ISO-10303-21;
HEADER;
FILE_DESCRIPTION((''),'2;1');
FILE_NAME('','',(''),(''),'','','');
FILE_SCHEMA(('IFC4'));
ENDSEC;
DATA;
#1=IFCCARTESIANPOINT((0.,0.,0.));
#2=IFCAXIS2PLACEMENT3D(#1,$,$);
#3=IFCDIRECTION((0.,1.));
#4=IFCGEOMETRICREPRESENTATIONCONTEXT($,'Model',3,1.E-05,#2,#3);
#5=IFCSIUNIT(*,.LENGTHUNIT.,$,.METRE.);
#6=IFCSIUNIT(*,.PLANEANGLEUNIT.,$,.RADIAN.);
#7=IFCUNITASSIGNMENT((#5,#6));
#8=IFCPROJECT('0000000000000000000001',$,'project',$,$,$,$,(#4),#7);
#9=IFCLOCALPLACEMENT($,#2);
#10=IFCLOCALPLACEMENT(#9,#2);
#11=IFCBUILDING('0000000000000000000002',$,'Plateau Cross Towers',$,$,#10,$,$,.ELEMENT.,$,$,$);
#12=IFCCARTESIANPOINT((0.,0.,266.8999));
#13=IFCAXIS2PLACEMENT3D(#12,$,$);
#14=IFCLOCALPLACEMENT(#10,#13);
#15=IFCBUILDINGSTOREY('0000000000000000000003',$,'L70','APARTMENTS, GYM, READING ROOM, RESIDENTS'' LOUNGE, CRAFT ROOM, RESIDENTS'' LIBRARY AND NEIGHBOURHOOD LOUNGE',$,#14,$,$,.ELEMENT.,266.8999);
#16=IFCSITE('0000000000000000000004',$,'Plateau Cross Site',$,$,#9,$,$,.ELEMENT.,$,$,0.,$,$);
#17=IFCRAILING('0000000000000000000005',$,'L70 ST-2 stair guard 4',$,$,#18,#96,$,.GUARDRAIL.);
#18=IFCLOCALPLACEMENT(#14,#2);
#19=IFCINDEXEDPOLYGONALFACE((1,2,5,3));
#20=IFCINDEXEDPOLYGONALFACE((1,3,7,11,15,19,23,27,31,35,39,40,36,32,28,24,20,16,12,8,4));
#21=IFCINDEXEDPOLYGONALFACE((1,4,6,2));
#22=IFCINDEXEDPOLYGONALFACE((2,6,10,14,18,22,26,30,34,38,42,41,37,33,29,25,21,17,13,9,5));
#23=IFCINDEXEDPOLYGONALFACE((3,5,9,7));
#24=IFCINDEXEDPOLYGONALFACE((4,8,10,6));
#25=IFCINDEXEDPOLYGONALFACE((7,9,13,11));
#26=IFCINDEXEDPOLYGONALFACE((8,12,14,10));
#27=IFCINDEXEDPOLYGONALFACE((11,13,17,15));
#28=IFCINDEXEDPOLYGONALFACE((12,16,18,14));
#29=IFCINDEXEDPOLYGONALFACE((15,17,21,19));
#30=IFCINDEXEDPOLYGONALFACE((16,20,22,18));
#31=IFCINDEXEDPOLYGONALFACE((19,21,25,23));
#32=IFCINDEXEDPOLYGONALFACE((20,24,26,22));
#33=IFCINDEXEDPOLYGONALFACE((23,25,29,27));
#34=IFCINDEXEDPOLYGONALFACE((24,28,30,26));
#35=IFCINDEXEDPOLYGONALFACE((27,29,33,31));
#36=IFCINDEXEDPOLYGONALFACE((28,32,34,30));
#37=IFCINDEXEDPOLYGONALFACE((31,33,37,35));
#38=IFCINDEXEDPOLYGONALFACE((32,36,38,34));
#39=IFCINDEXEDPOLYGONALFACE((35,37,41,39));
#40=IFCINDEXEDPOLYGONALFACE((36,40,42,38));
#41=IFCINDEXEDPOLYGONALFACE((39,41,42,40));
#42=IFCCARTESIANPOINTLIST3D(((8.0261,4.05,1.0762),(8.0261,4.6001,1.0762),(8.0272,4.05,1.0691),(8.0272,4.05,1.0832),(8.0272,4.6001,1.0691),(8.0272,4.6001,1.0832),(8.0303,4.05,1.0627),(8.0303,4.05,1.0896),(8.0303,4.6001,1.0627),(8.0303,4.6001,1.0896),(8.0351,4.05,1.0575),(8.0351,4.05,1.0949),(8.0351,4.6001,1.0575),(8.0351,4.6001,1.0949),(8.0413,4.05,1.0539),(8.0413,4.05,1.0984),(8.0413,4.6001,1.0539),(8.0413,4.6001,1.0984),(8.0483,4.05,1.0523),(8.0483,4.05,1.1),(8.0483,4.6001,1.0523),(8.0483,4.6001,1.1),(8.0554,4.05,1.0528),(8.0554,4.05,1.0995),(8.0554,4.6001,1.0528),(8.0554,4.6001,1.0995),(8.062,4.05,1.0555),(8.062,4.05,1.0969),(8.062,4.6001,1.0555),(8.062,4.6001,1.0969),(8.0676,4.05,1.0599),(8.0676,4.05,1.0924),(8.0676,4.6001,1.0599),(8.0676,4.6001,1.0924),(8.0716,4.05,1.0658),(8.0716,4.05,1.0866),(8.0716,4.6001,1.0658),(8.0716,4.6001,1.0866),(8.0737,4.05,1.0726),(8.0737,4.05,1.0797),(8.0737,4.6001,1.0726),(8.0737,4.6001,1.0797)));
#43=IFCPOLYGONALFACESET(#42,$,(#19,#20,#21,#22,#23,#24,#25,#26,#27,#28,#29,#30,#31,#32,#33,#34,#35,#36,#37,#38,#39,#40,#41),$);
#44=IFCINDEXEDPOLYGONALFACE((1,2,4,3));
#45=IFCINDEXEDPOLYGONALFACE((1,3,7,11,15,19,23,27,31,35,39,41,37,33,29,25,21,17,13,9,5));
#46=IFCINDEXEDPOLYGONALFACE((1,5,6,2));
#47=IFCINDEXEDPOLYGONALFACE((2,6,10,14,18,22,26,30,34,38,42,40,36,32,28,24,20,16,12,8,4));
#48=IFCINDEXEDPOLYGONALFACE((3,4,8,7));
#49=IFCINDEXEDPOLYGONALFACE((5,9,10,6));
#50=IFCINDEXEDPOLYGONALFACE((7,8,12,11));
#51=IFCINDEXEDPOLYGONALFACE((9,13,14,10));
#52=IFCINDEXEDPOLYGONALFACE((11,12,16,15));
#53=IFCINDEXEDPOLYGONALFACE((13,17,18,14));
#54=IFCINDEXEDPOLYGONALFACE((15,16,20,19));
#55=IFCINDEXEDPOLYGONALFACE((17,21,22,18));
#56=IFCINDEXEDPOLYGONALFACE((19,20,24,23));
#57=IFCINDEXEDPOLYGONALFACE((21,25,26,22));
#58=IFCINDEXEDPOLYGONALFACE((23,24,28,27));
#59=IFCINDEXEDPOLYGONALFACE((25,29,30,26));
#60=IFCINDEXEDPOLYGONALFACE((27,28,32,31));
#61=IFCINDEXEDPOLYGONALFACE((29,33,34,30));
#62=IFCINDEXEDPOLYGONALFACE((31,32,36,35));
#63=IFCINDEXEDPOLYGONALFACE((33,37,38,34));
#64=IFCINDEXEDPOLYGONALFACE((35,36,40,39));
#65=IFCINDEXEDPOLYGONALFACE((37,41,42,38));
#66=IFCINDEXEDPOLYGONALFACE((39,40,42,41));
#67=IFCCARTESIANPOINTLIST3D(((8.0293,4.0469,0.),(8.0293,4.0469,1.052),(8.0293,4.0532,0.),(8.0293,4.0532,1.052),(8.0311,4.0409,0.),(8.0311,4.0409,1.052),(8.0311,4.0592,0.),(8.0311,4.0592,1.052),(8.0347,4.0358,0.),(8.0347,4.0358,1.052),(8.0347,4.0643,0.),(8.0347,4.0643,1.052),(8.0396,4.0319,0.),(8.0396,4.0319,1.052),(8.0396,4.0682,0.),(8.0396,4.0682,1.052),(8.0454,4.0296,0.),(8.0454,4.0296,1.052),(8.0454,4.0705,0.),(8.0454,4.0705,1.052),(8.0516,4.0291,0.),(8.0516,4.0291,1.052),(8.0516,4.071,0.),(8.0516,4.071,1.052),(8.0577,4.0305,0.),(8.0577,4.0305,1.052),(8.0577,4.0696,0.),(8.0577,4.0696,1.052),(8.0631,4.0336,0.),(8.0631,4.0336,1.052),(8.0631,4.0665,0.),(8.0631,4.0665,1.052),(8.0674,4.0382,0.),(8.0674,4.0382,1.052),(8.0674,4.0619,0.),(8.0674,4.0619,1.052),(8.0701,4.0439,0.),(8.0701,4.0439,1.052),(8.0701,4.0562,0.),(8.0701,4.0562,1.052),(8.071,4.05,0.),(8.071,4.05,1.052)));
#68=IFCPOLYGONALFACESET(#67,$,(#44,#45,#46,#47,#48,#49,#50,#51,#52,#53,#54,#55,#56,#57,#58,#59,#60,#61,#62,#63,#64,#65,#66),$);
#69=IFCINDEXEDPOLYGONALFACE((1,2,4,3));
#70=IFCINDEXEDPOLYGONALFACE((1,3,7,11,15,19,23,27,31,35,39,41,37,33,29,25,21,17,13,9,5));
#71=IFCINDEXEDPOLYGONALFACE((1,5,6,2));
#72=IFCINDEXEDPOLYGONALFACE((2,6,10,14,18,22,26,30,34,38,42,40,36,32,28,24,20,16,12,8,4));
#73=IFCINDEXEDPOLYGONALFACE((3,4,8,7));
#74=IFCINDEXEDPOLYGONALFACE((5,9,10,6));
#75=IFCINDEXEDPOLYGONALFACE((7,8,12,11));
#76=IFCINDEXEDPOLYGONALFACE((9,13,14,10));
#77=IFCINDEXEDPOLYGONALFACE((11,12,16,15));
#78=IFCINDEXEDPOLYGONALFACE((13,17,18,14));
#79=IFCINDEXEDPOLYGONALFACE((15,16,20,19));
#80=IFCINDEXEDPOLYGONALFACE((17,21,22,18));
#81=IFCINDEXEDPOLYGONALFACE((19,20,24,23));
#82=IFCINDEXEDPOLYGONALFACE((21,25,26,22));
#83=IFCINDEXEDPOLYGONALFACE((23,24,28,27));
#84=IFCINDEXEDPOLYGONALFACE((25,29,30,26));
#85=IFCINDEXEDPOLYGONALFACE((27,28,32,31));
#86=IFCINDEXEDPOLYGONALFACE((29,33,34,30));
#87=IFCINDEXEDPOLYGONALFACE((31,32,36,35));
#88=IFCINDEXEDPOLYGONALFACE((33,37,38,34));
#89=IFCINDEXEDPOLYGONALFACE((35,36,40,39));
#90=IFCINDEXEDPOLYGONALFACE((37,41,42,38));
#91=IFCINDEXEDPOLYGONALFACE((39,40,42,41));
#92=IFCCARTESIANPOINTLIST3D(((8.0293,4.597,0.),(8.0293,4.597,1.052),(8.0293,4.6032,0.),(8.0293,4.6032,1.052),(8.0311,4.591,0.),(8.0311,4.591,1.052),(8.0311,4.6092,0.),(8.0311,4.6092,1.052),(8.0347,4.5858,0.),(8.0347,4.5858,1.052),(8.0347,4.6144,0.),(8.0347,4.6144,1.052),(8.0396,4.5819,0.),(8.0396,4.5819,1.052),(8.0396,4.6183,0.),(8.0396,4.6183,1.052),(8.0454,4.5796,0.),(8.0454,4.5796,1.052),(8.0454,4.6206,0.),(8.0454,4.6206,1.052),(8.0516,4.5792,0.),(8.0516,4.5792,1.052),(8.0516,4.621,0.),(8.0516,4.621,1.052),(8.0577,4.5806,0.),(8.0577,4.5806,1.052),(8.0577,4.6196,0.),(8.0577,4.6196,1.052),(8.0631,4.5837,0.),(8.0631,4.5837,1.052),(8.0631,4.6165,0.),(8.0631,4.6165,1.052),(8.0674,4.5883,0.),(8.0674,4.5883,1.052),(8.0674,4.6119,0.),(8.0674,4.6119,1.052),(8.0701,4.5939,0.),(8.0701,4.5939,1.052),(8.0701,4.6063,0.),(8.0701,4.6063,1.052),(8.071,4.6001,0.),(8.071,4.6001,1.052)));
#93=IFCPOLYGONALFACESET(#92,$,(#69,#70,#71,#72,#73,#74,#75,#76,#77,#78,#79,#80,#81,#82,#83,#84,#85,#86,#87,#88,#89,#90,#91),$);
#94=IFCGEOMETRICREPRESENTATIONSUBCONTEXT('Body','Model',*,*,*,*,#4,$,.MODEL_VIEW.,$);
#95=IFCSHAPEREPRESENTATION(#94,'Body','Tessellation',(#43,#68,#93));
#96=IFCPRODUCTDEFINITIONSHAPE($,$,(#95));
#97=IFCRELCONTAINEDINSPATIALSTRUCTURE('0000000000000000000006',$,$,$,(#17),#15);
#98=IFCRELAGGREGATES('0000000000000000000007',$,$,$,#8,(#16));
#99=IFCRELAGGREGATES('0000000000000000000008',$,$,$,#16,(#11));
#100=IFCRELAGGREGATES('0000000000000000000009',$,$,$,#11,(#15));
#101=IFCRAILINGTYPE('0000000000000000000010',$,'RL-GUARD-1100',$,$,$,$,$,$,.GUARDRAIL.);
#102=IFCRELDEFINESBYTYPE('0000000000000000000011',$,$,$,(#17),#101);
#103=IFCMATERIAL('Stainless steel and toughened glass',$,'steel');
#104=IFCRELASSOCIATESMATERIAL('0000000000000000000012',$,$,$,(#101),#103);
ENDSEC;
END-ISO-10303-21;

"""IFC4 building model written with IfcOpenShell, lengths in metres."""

from ifc_helpers import new_model, si_unit, direction, frame, origin, origin_2d, place, context, subcontext, project, spatial, circle, extrude, material, type_object, element, save


model = new_model("IFC4")

# Units and contexts
model_context = context("Model", 3, precision=1e-05, world=origin(), true_north=direction((0.0, 1.0)))
body_context = subcontext(model_context, "Body", "Model", "MODEL_VIEW")
ifc_project = project(units=[si_unit("LENGTHUNIT", "METRE"), si_unit("PLANEANGLEUNIT", "RADIAN")], contexts=[model_context])

# Site, building, storey
site_placement = place(None, origin())
site = spatial("IfcSite", under=ifc_project, at=site_placement, Name="Plateau Cross Site", CompositionType="ELEMENT", RefElevation=0.0)
building_placement = place(site_placement, origin())
building = spatial("IfcBuilding", under=site, at=building_placement, Name="Plateau Cross Towers", CompositionType="ELEMENT")
storey_placement = place(building_placement, frame((0.0, 0.0, 266.8999)))
storey = spatial("IfcBuildingStorey", under=building, at=storey_placement, Name="L70", Description="APARTMENTS, GYM, READING ROOM, RESIDENTS' LOUNGE, CRAFT ROOM, RESIDENTS' LIBRARY AND NEIGHBOURHOOD LOUNGE", CompositionType="ELEMENT", Elevation=266.8999)

# Railing
ifc_material_1 = material(Name="Stainless steel and toughened glass", Category="steel")
railing_type_1 = type_object("IfcRailingType", Name="RL-GUARD-1100", PredefinedType="GUARDRAIL", material=ifc_material_1)
railing_1_placement = place(storey_placement, frame((8.05, 4.05, 0.0)))
element("IfcRailing", 1, at=railing_1_placement, inside=storey, type_object=railing_type_1, Name="L70 ST-2 stair guard 4", PredefinedType="GUARDRAIL", context=body_context, shape_type="SweptSolid", body=[
    extrude(circle(Radius=0.0239, at=origin_2d()), frame((0.0, 0.0, 1.0762), z_axis=(0.0, 1.0, 0.0), x_axis=(-1.0, 0.0, 0.0)), (0.0, 0.0, 1.0), 0.55),
    extrude(circle(Radius=0.021, at=origin_2d()), origin(), (0.0, 0.0, 1.0), 1.052),
    extrude(circle(Radius=0.021, at=origin_2d()), frame((0.0, 0.55, 0.0)), (0.0, 0.0, 1.0), 1.052),
])

save(model, "model.ifc")
